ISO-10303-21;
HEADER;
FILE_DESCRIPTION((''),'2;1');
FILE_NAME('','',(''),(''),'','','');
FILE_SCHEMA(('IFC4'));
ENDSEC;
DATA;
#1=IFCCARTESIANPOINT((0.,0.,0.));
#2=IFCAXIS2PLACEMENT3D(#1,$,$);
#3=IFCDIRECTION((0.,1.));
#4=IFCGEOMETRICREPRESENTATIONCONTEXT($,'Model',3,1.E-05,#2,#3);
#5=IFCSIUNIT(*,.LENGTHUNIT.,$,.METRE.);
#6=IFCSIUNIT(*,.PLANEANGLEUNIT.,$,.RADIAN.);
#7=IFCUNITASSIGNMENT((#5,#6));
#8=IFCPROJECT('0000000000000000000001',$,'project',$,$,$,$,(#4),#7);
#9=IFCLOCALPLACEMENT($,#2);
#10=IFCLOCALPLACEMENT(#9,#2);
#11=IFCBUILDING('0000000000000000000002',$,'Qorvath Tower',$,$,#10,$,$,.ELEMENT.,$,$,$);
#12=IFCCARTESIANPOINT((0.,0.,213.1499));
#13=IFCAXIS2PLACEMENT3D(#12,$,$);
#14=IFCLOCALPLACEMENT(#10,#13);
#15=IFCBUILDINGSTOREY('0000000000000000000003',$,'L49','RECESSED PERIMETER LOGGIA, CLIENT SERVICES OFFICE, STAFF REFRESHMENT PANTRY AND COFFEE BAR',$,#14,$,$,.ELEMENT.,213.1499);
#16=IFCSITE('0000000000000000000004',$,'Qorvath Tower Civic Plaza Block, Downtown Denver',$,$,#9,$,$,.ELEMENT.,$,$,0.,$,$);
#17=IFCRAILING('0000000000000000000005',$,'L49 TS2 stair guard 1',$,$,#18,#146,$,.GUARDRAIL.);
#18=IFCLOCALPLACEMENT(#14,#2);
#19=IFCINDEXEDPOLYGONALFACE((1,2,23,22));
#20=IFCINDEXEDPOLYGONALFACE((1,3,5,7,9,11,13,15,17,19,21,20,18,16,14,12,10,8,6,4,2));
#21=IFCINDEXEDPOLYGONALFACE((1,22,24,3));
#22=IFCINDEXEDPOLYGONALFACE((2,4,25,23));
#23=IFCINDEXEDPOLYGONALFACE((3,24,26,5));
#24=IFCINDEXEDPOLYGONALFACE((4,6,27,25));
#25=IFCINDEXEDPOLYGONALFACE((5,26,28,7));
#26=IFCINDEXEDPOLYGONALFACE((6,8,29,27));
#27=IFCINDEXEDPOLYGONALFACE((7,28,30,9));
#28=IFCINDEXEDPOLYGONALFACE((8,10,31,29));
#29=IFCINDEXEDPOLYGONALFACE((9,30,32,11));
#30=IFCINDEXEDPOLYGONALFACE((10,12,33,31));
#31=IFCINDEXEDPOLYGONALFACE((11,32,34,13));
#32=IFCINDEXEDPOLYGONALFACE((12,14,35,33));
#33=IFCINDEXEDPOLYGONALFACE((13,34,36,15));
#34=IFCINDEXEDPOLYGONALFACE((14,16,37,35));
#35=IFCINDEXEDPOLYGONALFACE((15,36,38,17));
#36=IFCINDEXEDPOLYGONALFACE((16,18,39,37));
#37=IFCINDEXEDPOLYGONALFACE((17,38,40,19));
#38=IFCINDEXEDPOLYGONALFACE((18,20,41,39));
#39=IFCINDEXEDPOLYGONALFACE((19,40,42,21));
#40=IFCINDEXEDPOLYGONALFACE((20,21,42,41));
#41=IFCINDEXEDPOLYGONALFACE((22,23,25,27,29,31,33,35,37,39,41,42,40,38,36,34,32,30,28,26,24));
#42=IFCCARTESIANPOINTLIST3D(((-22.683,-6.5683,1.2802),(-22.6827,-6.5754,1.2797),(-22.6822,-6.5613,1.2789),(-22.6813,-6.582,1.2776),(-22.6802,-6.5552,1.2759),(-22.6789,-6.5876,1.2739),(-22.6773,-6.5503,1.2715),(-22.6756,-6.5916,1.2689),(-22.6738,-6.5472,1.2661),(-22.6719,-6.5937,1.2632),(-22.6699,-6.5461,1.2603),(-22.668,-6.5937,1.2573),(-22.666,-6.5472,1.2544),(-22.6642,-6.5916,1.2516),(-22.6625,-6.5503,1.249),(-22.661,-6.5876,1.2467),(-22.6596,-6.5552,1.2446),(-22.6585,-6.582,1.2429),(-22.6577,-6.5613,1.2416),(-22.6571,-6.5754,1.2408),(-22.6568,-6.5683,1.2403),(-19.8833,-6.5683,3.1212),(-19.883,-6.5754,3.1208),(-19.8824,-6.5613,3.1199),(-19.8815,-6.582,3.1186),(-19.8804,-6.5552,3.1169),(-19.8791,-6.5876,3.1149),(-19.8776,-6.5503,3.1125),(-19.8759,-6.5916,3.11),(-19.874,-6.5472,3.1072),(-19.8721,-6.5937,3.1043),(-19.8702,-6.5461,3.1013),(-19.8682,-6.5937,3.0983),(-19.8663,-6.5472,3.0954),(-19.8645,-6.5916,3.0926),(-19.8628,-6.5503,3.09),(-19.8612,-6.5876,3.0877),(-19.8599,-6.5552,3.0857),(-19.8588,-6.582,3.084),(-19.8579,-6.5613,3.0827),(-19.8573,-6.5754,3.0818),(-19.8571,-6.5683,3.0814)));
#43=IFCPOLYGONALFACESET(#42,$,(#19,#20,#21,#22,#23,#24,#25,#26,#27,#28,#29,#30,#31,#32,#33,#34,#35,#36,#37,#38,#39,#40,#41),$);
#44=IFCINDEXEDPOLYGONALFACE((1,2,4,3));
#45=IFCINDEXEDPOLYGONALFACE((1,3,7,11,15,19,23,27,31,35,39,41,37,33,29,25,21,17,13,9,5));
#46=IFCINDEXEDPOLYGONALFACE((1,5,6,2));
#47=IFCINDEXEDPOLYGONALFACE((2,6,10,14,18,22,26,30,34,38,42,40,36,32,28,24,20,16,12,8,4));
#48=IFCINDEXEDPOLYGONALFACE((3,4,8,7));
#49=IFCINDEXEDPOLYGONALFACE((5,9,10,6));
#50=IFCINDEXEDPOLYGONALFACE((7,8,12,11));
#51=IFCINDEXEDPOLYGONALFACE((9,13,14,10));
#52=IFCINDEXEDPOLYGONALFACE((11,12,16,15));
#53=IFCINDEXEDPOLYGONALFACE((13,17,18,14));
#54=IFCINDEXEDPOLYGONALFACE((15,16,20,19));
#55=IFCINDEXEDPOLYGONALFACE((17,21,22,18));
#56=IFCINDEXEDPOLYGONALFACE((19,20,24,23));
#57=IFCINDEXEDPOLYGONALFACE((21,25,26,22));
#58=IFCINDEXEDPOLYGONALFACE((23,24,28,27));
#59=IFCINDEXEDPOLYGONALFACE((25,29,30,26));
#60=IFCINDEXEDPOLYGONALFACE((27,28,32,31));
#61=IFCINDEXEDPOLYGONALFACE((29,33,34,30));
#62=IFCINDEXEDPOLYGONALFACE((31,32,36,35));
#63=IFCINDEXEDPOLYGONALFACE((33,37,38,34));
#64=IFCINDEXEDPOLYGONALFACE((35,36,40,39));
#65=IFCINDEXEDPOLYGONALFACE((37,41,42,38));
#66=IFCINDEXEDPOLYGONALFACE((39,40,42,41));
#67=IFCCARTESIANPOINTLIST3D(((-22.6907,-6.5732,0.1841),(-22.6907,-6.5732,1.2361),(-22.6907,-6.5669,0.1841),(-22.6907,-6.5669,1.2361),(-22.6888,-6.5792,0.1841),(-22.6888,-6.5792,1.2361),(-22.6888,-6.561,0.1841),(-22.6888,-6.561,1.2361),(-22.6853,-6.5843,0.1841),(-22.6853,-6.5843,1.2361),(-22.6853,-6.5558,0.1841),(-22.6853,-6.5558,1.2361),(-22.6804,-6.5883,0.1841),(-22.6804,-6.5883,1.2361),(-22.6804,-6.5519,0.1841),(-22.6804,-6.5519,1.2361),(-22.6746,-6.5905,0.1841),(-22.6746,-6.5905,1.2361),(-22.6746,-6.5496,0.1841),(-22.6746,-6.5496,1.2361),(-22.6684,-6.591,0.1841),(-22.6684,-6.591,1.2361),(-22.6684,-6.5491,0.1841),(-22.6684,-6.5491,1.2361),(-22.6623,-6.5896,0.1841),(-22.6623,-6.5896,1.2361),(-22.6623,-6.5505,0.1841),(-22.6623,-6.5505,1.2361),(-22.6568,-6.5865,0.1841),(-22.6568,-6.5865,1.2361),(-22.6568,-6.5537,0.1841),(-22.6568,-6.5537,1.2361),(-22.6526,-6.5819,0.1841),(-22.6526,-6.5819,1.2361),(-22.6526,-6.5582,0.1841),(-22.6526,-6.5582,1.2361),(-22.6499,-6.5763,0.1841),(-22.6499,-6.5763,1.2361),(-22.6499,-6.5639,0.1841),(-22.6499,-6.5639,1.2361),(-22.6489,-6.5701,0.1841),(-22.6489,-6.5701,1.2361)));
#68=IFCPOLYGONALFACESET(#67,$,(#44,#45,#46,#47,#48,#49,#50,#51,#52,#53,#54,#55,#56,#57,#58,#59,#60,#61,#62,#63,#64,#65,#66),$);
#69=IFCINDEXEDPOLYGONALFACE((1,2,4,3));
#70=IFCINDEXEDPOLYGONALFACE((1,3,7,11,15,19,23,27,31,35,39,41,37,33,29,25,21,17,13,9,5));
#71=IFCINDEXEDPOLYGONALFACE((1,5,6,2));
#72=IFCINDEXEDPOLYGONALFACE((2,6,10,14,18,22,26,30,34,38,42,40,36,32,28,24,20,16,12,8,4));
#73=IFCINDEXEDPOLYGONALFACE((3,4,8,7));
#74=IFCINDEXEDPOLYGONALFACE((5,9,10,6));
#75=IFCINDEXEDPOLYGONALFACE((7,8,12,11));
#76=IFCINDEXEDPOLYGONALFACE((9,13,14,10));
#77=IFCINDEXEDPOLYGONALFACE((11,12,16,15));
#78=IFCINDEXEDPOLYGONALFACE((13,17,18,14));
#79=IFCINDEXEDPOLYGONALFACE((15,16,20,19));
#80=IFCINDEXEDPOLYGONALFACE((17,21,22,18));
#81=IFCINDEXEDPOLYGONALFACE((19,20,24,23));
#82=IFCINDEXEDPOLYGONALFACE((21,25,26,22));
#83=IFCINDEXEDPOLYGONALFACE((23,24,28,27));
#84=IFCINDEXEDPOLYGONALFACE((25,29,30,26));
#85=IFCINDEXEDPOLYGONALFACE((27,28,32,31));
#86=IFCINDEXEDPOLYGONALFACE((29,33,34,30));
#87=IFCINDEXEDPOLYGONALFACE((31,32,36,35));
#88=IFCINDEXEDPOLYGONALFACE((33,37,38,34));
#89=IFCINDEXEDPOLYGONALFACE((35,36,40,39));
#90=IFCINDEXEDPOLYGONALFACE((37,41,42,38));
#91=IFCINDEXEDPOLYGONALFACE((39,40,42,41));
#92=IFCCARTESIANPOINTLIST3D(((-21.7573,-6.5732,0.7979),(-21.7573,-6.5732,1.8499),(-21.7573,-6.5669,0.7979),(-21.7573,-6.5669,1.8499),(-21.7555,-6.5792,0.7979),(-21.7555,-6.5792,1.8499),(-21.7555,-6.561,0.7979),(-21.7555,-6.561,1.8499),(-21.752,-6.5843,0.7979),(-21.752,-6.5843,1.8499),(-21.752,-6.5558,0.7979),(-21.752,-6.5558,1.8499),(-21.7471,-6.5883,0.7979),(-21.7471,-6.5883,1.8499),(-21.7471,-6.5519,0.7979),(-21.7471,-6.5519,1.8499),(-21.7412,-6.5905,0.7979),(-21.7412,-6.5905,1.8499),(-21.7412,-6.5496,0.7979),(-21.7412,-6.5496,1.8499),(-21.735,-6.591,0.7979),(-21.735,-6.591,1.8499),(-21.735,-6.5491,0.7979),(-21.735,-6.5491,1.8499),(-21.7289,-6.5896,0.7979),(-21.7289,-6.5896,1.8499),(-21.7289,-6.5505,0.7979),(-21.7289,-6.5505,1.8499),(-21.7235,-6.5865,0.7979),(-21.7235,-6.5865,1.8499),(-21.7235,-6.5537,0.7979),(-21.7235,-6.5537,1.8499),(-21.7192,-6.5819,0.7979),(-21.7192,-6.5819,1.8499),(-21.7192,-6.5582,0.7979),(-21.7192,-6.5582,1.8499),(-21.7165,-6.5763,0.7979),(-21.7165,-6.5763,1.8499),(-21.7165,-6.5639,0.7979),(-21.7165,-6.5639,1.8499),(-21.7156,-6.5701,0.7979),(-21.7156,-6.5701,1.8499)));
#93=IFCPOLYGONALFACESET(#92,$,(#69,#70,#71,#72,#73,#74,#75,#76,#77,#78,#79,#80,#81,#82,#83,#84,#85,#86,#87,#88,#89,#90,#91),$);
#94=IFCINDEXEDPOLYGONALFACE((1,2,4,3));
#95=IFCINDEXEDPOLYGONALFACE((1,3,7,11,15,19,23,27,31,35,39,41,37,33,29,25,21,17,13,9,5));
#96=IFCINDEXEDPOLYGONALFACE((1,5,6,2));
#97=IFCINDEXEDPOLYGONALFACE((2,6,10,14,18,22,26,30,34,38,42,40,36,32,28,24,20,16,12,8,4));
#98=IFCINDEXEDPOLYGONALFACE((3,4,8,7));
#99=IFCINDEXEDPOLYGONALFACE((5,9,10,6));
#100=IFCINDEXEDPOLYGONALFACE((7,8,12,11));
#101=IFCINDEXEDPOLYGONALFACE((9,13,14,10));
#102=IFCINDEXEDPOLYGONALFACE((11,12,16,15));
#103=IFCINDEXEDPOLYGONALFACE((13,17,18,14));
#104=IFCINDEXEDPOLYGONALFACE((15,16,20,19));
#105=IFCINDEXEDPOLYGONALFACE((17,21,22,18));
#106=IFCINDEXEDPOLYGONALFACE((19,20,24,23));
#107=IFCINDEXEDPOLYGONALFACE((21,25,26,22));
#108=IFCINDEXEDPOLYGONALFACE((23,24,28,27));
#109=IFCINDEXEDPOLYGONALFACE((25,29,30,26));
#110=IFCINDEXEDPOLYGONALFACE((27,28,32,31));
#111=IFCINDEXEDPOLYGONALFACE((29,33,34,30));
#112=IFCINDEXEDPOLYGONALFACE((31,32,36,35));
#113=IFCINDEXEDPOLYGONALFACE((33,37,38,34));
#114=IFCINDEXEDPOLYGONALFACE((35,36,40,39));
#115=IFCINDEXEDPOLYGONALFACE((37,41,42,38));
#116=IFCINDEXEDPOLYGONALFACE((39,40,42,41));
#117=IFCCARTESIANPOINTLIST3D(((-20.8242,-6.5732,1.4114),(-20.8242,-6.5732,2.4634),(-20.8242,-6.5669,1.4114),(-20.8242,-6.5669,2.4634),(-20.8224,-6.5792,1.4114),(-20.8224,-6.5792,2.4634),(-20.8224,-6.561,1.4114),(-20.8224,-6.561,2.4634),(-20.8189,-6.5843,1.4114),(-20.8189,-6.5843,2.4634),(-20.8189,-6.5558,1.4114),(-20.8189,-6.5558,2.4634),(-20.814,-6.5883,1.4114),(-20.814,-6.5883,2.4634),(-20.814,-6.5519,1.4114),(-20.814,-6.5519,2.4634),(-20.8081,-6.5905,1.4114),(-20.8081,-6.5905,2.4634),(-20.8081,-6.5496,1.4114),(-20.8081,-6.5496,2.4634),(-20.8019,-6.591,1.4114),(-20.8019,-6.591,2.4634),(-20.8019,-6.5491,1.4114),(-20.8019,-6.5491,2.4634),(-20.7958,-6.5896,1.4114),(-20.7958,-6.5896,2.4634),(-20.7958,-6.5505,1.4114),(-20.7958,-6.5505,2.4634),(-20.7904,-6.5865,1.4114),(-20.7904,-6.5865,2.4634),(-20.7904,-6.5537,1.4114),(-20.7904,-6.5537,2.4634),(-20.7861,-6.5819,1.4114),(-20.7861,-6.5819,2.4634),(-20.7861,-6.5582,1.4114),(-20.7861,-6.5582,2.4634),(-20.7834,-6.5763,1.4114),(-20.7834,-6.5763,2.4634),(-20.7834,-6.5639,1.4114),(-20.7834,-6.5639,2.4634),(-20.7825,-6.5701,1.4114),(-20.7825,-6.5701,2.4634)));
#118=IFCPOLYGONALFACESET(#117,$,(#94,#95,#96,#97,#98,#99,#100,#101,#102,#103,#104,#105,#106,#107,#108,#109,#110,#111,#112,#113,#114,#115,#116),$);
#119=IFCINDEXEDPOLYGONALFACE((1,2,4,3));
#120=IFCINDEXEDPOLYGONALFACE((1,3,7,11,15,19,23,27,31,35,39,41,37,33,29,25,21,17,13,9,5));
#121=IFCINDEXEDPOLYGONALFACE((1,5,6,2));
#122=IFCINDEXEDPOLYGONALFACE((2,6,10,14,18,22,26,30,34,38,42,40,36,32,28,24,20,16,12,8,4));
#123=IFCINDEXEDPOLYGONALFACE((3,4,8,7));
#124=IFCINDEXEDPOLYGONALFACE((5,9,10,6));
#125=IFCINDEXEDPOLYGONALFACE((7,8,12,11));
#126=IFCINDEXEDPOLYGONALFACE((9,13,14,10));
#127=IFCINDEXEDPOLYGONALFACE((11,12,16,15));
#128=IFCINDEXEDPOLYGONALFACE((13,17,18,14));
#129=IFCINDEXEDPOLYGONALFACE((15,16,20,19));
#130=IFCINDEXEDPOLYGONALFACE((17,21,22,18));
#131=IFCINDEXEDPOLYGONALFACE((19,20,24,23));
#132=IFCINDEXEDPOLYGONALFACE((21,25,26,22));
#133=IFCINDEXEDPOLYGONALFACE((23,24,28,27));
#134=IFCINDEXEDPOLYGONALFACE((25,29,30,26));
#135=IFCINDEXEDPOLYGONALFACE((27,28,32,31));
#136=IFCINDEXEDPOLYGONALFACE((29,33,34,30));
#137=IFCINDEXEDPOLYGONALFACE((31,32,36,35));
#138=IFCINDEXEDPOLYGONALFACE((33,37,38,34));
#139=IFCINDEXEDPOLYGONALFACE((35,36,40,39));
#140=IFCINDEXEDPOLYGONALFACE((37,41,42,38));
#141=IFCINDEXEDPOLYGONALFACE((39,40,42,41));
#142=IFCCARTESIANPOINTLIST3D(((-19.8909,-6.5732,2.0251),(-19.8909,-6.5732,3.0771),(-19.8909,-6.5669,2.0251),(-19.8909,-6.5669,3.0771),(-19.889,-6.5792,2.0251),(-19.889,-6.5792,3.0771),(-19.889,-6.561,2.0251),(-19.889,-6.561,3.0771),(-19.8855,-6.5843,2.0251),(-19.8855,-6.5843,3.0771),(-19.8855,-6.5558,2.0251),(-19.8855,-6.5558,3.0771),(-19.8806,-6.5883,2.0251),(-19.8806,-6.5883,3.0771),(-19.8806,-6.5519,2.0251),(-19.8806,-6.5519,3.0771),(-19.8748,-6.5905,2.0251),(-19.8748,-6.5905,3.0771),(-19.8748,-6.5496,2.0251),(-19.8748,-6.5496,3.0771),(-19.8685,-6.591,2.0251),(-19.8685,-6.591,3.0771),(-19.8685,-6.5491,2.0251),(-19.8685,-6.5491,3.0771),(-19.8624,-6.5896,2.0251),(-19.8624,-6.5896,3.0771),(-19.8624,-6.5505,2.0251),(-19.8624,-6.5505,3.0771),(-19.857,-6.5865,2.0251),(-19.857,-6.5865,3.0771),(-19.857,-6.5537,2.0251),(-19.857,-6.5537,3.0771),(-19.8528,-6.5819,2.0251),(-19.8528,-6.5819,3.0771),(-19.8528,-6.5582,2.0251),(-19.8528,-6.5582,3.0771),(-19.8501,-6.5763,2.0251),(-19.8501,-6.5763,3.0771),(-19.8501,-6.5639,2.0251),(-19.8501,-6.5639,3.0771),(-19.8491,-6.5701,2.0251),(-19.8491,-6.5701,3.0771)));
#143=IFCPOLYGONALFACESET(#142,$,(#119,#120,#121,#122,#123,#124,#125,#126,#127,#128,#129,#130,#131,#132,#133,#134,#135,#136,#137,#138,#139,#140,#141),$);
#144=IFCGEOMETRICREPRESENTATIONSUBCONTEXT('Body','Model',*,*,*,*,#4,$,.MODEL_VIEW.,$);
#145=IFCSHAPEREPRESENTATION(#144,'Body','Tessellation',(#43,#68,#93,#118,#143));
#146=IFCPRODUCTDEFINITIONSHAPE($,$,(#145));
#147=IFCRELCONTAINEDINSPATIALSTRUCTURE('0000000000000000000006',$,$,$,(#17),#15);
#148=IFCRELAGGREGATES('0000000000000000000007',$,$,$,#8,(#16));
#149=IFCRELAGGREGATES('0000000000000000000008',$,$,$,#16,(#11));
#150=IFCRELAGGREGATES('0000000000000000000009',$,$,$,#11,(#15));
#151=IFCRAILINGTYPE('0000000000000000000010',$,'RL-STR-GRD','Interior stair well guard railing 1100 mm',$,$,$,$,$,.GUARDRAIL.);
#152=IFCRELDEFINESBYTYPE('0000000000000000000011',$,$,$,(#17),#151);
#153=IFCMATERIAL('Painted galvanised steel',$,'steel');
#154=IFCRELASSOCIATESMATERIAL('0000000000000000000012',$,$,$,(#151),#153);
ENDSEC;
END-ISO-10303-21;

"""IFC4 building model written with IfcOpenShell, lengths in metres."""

from ifc_helpers import new_model, si_unit, direction, frame, origin, origin_2d, place, context, subcontext, project, spatial, circle, extrude, material, type_object, element, save


model = new_model("IFC4")

# Units and contexts
model_context = context("Model", 3, precision=1e-05, world=origin(), true_north=direction((0.0, 1.0)))
body_context = subcontext(model_context, "Body", "Model", "MODEL_VIEW")
ifc_project = project(units=[si_unit("LENGTHUNIT", "METRE"), si_unit("PLANEANGLEUNIT", "RADIAN")], contexts=[model_context])

# Site, building, storey
site_placement = place(None, origin())
site = spatial("IfcSite", under=ifc_project, at=site_placement, Name="Qorvath Tower Civic Plaza Block, Downtown Denver", CompositionType="ELEMENT", RefElevation=0.0)
building_placement = place(site_placement, origin())
building = spatial("IfcBuilding", under=site, at=building_placement, Name="Qorvath Tower", CompositionType="ELEMENT")
storey_placement = place(building_placement, frame((0.0, 0.0, 213.1499)))
storey = spatial("IfcBuildingStorey", under=building, at=storey_placement, Name="L49", Description="RECESSED PERIMETER LOGGIA, CLIENT SERVICES OFFICE, STAFF REFRESHMENT PANTRY AND COFFEE BAR", CompositionType="ELEMENT", Elevation=213.1499)

# Railing
ifc_material_1 = material(Name="Painted galvanised steel", Category="steel")
railing_type_1 = type_object("IfcRailingType", Name="RL-STR-GRD", Description="Interior stair well guard railing 1100 mm", PredefinedType="GUARDRAIL", material=ifc_material_1)
railing_1_placement = place(storey_placement, frame((-22.6699, -6.5701, 0.1841)))
element("IfcRailing", 1, at=railing_1_placement, inside=storey, type_object=railing_type_1, Name="L49 TS2 stair guard 1", PredefinedType="GUARDRAIL", context=body_context, shape_type="SweptSolid", body=[
    extrude(circle(Radius=0.0239, at=origin_2d()), frame((0.0, 0.0, 1.0762), z_axis=(0.835542, 0.0, 0.549426), x_axis=(0.0, 1.0, 0.0)), (0.0, 0.0, 1.0), 3.3508),
    extrude(circle(Radius=0.021, at=origin_2d()), origin(), (0.0, 0.0, 1.0), 1.052),
    extrude(circle(Radius=0.021, at=origin_2d()), frame((0.9333, 0.0, 0.6138)), (0.0, 0.0, 1.0), 1.052),
    extrude(circle(Radius=0.021, at=origin_2d()), frame((1.8665, 0.0, 1.2273)), (0.0, 0.0, 1.0), 1.052),
    extrude(circle(Radius=0.021, at=origin_2d()), frame((2.7998, 0.0, 1.8411)), (0.0, 0.0, 1.0), 1.052),
])

save(model, "model.ifc")
